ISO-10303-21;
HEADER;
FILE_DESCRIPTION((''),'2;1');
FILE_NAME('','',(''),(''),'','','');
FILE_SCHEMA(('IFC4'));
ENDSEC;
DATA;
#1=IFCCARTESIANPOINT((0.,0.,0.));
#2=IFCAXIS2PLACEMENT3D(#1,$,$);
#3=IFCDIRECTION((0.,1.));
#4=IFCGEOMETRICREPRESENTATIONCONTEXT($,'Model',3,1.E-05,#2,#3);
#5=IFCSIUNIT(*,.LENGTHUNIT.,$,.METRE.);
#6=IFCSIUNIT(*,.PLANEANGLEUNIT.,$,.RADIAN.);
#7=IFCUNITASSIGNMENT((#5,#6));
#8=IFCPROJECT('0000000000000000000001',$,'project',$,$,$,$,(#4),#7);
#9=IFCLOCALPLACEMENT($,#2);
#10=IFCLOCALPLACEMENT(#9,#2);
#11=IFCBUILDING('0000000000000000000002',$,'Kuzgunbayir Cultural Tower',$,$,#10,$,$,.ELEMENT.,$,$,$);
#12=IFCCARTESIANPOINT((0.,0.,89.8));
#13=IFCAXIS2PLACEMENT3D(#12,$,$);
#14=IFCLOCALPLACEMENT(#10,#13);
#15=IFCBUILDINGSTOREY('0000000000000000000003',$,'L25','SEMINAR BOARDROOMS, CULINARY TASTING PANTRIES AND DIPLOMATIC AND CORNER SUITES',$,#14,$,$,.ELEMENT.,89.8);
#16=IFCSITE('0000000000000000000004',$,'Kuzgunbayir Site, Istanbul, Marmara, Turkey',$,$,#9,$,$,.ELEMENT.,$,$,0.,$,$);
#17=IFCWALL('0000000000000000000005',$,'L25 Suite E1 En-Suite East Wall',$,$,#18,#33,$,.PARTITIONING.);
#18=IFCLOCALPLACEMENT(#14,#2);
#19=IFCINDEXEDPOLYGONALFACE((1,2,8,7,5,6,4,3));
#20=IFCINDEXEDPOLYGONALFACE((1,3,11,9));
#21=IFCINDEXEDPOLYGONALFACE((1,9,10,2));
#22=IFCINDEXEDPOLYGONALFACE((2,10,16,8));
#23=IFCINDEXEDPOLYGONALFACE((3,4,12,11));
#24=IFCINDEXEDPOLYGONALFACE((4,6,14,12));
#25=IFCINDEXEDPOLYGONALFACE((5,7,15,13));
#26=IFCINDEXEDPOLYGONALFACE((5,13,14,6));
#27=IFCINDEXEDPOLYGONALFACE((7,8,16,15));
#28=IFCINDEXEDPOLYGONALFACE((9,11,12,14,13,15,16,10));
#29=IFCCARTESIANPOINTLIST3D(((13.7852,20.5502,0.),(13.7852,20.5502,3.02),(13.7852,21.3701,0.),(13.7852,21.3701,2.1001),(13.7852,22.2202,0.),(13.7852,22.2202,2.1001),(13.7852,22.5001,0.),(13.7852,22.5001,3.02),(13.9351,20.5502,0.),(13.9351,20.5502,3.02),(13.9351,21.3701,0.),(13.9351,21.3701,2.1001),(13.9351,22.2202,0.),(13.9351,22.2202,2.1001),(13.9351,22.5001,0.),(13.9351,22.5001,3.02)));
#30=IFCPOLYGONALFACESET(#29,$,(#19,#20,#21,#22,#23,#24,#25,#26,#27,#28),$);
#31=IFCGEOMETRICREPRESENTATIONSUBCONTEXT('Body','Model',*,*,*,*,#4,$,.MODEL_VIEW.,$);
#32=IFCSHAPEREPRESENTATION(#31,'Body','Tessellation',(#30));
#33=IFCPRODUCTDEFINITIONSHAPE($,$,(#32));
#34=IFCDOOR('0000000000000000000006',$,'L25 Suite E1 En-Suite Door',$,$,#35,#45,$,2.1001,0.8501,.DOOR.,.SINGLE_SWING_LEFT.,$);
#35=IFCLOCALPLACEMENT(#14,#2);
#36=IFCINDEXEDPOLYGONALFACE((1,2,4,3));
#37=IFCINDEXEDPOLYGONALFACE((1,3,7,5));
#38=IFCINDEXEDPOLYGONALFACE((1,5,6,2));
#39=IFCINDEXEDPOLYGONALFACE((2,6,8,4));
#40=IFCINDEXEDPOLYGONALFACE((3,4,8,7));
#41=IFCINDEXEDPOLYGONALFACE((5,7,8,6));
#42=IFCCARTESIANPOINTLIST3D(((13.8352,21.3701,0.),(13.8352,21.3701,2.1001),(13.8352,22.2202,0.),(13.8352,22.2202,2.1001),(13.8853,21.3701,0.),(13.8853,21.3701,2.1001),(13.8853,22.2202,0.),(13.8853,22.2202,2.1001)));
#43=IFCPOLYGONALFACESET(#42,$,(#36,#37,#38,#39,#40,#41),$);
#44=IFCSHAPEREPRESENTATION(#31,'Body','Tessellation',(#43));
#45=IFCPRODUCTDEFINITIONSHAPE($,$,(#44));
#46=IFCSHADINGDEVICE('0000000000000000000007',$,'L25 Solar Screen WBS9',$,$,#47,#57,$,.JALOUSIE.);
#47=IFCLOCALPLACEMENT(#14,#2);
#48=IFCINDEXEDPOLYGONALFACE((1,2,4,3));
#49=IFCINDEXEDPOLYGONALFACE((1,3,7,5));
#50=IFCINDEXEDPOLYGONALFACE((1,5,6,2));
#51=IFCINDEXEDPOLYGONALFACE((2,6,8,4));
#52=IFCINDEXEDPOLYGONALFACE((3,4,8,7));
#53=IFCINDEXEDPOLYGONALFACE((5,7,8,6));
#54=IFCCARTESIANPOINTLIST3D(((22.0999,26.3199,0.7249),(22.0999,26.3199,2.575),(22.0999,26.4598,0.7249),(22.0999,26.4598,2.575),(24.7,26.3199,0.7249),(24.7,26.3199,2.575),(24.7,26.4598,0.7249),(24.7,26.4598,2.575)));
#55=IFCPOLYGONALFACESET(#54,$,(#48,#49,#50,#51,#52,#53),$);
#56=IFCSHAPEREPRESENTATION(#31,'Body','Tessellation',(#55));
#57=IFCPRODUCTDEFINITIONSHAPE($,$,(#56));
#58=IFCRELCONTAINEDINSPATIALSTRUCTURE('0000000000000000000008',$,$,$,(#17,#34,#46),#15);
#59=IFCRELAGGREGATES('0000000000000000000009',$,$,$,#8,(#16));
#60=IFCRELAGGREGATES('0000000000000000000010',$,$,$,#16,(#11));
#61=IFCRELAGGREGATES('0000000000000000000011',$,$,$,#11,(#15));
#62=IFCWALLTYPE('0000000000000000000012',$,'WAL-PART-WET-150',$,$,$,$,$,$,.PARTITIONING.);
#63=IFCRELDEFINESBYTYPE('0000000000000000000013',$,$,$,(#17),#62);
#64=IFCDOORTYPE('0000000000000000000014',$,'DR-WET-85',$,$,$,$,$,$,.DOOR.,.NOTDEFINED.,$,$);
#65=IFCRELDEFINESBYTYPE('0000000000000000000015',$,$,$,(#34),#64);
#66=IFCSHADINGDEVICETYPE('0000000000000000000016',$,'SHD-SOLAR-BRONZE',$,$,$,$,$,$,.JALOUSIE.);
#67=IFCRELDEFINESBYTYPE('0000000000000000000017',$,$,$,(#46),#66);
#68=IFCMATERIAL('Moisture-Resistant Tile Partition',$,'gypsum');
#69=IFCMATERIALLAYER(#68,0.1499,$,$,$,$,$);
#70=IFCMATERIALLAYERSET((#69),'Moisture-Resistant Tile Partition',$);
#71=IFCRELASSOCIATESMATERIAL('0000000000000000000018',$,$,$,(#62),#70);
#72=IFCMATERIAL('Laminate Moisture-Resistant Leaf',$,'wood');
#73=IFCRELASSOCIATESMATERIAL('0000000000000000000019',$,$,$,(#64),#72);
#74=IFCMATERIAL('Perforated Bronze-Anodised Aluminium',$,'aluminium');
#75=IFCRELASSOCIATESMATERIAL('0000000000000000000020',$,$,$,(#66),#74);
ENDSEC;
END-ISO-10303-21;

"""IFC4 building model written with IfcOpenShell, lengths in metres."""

from ifc_helpers import new_model, si_unit, direction, frame, frame_2d, origin, origin_2d, place, context, subcontext, project, spatial, rectangle, extrude, material, layer, layer_set, type_object, element, fill, save


model = new_model("IFC4")

# Units and contexts
model_context = context("Model", 3, precision=1e-05, world=origin(), true_north=direction((0.0, 1.0)))
body_context = subcontext(model_context, "Body", "Model", "MODEL_VIEW")
ifc_project = project(units=[si_unit("LENGTHUNIT", "METRE"), si_unit("PLANEANGLEUNIT", "RADIAN")], contexts=[model_context])

# Site, building, storey
site_placement = place(None, origin())
site = spatial("IfcSite", under=ifc_project, at=site_placement, Name="Kuzgunbayir Site, Istanbul, Marmara, Turkey", CompositionType="ELEMENT", RefElevation=0.0)
building_placement = place(site_placement, origin())
building = spatial("IfcBuilding", under=site, at=building_placement, Name="Kuzgunbayir Cultural Tower", CompositionType="ELEMENT")
storey_placement = place(building_placement, frame((0.0, 0.0, 89.8)))
storey = spatial("IfcBuildingStorey", under=building, at=storey_placement, Name="L25", Description="SEMINAR BOARDROOMS, CULINARY TASTING PANTRIES AND DIPLOMATIC AND CORNER SUITES", CompositionType="ELEMENT", Elevation=89.8)

# Shared definitions
ifc_material_1 = material(Name="Moisture-Resistant Tile Partition", Category="gypsum")
ifc_layer_1 = layer(ifc_material_1, 0.1499)
ifc_layer_set_1 = layer_set([ifc_layer_1], Name="Moisture-Resistant Tile Partition")
wall_type_1 = type_object("IfcWallType", Name="WAL-PART-WET-150", PredefinedType="PARTITIONING", material=ifc_layer_set_1)

# Wall, opening, door
wall_1_placement = place(storey_placement, frame((13.8601, 20.55, 0.0), z_axis=(0.0, 0.0, 1.0), x_axis=(0.0, 1.0, 0.0)))
wall_1 = element("IfcWall", 1, at=wall_1_placement, inside=storey, type_object=wall_type_1, Name="L25 Suite E1 En-Suite East Wall", PredefinedType="PARTITIONING", context=body_context, shape_type="SweptSolid", body=[
    extrude(rectangle(XDim=1.95, YDim=0.1499, at=frame_2d((0.9751, 0.0))), origin(), (0.0, 0.0, 1.0), 3.02),
])
opening_1_placement = place(wall_1_placement, frame((0.8201, 0.0, 0.0)))
opening_1 = element("IfcOpeningElement", 2, at=opening_1_placement, cuts=wall_1, PredefinedType="OPENING", context=body_context, shape_type="SweptSolid", body=[
    extrude(rectangle(XDim=0.8501, YDim=2.1001, at=frame_2d((0.425, 1.05))), frame((0.0, 0.085, 0.0), z_axis=(0.0, -1.0, 0.0), x_axis=(1.0, 0.0, 0.0)), (0.0, 0.0, 1.0), 0.1699),
])
ifc_material_2 = material(Name="Laminate Moisture-Resistant Leaf", Category="wood")
door_type_1 = type_object("IfcDoorType", Name="DR-WET-85", OperationType="NOTDEFINED", PredefinedType="DOOR", material=ifc_material_2)
door_1_placement = place(opening_1_placement, origin())
door_1 = element("IfcDoor", 3, at=door_1_placement, inside=storey, type_object=door_type_1, Name="L25 Suite E1 En-Suite Door", OperationType="SINGLE_SWING_LEFT", OverallHeight=2.1001, OverallWidth=0.8501, PredefinedType="DOOR", context=body_context, shape_type="SweptSolid", body=[
    extrude(rectangle(XDim=0.8501, YDim=2.1001, at=frame_2d((0.425, 1.05))), frame((0.0, 0.0249, 0.0), z_axis=(0.0, -1.0, 0.0), x_axis=(1.0, 0.0, 0.0)), (0.0, 0.0, 1.0), 0.05),
])
fill(opening_1, door_1)

# Shading device
ifc_material_3 = material(Name="Perforated Bronze-Anodised Aluminium", Category="aluminium")
shading_device_type = type_object("IfcShadingDeviceType", Name="SHD-SOLAR-BRONZE", PredefinedType="JALOUSIE", material=ifc_material_3)
shading_device_placement = place(storey_placement, frame((23.3999, 26.3899, 0.7249), z_axis=(0.0, 0.0, 1.0), x_axis=(1.0, 0.0, 0.0)))
element("IfcShadingDevice", 4, at=shading_device_placement, inside=storey, type_object=shading_device_type, Name="L25 Solar Screen WBS9", PredefinedType="JALOUSIE", context=body_context, shape_type="SweptSolid", body=[
    extrude(rectangle(XDim=2.6001, YDim=0.1399, at=origin_2d()), origin(), (0.0, 0.0, 1.0), 1.8501),
])

save(model, "model.ifc")
